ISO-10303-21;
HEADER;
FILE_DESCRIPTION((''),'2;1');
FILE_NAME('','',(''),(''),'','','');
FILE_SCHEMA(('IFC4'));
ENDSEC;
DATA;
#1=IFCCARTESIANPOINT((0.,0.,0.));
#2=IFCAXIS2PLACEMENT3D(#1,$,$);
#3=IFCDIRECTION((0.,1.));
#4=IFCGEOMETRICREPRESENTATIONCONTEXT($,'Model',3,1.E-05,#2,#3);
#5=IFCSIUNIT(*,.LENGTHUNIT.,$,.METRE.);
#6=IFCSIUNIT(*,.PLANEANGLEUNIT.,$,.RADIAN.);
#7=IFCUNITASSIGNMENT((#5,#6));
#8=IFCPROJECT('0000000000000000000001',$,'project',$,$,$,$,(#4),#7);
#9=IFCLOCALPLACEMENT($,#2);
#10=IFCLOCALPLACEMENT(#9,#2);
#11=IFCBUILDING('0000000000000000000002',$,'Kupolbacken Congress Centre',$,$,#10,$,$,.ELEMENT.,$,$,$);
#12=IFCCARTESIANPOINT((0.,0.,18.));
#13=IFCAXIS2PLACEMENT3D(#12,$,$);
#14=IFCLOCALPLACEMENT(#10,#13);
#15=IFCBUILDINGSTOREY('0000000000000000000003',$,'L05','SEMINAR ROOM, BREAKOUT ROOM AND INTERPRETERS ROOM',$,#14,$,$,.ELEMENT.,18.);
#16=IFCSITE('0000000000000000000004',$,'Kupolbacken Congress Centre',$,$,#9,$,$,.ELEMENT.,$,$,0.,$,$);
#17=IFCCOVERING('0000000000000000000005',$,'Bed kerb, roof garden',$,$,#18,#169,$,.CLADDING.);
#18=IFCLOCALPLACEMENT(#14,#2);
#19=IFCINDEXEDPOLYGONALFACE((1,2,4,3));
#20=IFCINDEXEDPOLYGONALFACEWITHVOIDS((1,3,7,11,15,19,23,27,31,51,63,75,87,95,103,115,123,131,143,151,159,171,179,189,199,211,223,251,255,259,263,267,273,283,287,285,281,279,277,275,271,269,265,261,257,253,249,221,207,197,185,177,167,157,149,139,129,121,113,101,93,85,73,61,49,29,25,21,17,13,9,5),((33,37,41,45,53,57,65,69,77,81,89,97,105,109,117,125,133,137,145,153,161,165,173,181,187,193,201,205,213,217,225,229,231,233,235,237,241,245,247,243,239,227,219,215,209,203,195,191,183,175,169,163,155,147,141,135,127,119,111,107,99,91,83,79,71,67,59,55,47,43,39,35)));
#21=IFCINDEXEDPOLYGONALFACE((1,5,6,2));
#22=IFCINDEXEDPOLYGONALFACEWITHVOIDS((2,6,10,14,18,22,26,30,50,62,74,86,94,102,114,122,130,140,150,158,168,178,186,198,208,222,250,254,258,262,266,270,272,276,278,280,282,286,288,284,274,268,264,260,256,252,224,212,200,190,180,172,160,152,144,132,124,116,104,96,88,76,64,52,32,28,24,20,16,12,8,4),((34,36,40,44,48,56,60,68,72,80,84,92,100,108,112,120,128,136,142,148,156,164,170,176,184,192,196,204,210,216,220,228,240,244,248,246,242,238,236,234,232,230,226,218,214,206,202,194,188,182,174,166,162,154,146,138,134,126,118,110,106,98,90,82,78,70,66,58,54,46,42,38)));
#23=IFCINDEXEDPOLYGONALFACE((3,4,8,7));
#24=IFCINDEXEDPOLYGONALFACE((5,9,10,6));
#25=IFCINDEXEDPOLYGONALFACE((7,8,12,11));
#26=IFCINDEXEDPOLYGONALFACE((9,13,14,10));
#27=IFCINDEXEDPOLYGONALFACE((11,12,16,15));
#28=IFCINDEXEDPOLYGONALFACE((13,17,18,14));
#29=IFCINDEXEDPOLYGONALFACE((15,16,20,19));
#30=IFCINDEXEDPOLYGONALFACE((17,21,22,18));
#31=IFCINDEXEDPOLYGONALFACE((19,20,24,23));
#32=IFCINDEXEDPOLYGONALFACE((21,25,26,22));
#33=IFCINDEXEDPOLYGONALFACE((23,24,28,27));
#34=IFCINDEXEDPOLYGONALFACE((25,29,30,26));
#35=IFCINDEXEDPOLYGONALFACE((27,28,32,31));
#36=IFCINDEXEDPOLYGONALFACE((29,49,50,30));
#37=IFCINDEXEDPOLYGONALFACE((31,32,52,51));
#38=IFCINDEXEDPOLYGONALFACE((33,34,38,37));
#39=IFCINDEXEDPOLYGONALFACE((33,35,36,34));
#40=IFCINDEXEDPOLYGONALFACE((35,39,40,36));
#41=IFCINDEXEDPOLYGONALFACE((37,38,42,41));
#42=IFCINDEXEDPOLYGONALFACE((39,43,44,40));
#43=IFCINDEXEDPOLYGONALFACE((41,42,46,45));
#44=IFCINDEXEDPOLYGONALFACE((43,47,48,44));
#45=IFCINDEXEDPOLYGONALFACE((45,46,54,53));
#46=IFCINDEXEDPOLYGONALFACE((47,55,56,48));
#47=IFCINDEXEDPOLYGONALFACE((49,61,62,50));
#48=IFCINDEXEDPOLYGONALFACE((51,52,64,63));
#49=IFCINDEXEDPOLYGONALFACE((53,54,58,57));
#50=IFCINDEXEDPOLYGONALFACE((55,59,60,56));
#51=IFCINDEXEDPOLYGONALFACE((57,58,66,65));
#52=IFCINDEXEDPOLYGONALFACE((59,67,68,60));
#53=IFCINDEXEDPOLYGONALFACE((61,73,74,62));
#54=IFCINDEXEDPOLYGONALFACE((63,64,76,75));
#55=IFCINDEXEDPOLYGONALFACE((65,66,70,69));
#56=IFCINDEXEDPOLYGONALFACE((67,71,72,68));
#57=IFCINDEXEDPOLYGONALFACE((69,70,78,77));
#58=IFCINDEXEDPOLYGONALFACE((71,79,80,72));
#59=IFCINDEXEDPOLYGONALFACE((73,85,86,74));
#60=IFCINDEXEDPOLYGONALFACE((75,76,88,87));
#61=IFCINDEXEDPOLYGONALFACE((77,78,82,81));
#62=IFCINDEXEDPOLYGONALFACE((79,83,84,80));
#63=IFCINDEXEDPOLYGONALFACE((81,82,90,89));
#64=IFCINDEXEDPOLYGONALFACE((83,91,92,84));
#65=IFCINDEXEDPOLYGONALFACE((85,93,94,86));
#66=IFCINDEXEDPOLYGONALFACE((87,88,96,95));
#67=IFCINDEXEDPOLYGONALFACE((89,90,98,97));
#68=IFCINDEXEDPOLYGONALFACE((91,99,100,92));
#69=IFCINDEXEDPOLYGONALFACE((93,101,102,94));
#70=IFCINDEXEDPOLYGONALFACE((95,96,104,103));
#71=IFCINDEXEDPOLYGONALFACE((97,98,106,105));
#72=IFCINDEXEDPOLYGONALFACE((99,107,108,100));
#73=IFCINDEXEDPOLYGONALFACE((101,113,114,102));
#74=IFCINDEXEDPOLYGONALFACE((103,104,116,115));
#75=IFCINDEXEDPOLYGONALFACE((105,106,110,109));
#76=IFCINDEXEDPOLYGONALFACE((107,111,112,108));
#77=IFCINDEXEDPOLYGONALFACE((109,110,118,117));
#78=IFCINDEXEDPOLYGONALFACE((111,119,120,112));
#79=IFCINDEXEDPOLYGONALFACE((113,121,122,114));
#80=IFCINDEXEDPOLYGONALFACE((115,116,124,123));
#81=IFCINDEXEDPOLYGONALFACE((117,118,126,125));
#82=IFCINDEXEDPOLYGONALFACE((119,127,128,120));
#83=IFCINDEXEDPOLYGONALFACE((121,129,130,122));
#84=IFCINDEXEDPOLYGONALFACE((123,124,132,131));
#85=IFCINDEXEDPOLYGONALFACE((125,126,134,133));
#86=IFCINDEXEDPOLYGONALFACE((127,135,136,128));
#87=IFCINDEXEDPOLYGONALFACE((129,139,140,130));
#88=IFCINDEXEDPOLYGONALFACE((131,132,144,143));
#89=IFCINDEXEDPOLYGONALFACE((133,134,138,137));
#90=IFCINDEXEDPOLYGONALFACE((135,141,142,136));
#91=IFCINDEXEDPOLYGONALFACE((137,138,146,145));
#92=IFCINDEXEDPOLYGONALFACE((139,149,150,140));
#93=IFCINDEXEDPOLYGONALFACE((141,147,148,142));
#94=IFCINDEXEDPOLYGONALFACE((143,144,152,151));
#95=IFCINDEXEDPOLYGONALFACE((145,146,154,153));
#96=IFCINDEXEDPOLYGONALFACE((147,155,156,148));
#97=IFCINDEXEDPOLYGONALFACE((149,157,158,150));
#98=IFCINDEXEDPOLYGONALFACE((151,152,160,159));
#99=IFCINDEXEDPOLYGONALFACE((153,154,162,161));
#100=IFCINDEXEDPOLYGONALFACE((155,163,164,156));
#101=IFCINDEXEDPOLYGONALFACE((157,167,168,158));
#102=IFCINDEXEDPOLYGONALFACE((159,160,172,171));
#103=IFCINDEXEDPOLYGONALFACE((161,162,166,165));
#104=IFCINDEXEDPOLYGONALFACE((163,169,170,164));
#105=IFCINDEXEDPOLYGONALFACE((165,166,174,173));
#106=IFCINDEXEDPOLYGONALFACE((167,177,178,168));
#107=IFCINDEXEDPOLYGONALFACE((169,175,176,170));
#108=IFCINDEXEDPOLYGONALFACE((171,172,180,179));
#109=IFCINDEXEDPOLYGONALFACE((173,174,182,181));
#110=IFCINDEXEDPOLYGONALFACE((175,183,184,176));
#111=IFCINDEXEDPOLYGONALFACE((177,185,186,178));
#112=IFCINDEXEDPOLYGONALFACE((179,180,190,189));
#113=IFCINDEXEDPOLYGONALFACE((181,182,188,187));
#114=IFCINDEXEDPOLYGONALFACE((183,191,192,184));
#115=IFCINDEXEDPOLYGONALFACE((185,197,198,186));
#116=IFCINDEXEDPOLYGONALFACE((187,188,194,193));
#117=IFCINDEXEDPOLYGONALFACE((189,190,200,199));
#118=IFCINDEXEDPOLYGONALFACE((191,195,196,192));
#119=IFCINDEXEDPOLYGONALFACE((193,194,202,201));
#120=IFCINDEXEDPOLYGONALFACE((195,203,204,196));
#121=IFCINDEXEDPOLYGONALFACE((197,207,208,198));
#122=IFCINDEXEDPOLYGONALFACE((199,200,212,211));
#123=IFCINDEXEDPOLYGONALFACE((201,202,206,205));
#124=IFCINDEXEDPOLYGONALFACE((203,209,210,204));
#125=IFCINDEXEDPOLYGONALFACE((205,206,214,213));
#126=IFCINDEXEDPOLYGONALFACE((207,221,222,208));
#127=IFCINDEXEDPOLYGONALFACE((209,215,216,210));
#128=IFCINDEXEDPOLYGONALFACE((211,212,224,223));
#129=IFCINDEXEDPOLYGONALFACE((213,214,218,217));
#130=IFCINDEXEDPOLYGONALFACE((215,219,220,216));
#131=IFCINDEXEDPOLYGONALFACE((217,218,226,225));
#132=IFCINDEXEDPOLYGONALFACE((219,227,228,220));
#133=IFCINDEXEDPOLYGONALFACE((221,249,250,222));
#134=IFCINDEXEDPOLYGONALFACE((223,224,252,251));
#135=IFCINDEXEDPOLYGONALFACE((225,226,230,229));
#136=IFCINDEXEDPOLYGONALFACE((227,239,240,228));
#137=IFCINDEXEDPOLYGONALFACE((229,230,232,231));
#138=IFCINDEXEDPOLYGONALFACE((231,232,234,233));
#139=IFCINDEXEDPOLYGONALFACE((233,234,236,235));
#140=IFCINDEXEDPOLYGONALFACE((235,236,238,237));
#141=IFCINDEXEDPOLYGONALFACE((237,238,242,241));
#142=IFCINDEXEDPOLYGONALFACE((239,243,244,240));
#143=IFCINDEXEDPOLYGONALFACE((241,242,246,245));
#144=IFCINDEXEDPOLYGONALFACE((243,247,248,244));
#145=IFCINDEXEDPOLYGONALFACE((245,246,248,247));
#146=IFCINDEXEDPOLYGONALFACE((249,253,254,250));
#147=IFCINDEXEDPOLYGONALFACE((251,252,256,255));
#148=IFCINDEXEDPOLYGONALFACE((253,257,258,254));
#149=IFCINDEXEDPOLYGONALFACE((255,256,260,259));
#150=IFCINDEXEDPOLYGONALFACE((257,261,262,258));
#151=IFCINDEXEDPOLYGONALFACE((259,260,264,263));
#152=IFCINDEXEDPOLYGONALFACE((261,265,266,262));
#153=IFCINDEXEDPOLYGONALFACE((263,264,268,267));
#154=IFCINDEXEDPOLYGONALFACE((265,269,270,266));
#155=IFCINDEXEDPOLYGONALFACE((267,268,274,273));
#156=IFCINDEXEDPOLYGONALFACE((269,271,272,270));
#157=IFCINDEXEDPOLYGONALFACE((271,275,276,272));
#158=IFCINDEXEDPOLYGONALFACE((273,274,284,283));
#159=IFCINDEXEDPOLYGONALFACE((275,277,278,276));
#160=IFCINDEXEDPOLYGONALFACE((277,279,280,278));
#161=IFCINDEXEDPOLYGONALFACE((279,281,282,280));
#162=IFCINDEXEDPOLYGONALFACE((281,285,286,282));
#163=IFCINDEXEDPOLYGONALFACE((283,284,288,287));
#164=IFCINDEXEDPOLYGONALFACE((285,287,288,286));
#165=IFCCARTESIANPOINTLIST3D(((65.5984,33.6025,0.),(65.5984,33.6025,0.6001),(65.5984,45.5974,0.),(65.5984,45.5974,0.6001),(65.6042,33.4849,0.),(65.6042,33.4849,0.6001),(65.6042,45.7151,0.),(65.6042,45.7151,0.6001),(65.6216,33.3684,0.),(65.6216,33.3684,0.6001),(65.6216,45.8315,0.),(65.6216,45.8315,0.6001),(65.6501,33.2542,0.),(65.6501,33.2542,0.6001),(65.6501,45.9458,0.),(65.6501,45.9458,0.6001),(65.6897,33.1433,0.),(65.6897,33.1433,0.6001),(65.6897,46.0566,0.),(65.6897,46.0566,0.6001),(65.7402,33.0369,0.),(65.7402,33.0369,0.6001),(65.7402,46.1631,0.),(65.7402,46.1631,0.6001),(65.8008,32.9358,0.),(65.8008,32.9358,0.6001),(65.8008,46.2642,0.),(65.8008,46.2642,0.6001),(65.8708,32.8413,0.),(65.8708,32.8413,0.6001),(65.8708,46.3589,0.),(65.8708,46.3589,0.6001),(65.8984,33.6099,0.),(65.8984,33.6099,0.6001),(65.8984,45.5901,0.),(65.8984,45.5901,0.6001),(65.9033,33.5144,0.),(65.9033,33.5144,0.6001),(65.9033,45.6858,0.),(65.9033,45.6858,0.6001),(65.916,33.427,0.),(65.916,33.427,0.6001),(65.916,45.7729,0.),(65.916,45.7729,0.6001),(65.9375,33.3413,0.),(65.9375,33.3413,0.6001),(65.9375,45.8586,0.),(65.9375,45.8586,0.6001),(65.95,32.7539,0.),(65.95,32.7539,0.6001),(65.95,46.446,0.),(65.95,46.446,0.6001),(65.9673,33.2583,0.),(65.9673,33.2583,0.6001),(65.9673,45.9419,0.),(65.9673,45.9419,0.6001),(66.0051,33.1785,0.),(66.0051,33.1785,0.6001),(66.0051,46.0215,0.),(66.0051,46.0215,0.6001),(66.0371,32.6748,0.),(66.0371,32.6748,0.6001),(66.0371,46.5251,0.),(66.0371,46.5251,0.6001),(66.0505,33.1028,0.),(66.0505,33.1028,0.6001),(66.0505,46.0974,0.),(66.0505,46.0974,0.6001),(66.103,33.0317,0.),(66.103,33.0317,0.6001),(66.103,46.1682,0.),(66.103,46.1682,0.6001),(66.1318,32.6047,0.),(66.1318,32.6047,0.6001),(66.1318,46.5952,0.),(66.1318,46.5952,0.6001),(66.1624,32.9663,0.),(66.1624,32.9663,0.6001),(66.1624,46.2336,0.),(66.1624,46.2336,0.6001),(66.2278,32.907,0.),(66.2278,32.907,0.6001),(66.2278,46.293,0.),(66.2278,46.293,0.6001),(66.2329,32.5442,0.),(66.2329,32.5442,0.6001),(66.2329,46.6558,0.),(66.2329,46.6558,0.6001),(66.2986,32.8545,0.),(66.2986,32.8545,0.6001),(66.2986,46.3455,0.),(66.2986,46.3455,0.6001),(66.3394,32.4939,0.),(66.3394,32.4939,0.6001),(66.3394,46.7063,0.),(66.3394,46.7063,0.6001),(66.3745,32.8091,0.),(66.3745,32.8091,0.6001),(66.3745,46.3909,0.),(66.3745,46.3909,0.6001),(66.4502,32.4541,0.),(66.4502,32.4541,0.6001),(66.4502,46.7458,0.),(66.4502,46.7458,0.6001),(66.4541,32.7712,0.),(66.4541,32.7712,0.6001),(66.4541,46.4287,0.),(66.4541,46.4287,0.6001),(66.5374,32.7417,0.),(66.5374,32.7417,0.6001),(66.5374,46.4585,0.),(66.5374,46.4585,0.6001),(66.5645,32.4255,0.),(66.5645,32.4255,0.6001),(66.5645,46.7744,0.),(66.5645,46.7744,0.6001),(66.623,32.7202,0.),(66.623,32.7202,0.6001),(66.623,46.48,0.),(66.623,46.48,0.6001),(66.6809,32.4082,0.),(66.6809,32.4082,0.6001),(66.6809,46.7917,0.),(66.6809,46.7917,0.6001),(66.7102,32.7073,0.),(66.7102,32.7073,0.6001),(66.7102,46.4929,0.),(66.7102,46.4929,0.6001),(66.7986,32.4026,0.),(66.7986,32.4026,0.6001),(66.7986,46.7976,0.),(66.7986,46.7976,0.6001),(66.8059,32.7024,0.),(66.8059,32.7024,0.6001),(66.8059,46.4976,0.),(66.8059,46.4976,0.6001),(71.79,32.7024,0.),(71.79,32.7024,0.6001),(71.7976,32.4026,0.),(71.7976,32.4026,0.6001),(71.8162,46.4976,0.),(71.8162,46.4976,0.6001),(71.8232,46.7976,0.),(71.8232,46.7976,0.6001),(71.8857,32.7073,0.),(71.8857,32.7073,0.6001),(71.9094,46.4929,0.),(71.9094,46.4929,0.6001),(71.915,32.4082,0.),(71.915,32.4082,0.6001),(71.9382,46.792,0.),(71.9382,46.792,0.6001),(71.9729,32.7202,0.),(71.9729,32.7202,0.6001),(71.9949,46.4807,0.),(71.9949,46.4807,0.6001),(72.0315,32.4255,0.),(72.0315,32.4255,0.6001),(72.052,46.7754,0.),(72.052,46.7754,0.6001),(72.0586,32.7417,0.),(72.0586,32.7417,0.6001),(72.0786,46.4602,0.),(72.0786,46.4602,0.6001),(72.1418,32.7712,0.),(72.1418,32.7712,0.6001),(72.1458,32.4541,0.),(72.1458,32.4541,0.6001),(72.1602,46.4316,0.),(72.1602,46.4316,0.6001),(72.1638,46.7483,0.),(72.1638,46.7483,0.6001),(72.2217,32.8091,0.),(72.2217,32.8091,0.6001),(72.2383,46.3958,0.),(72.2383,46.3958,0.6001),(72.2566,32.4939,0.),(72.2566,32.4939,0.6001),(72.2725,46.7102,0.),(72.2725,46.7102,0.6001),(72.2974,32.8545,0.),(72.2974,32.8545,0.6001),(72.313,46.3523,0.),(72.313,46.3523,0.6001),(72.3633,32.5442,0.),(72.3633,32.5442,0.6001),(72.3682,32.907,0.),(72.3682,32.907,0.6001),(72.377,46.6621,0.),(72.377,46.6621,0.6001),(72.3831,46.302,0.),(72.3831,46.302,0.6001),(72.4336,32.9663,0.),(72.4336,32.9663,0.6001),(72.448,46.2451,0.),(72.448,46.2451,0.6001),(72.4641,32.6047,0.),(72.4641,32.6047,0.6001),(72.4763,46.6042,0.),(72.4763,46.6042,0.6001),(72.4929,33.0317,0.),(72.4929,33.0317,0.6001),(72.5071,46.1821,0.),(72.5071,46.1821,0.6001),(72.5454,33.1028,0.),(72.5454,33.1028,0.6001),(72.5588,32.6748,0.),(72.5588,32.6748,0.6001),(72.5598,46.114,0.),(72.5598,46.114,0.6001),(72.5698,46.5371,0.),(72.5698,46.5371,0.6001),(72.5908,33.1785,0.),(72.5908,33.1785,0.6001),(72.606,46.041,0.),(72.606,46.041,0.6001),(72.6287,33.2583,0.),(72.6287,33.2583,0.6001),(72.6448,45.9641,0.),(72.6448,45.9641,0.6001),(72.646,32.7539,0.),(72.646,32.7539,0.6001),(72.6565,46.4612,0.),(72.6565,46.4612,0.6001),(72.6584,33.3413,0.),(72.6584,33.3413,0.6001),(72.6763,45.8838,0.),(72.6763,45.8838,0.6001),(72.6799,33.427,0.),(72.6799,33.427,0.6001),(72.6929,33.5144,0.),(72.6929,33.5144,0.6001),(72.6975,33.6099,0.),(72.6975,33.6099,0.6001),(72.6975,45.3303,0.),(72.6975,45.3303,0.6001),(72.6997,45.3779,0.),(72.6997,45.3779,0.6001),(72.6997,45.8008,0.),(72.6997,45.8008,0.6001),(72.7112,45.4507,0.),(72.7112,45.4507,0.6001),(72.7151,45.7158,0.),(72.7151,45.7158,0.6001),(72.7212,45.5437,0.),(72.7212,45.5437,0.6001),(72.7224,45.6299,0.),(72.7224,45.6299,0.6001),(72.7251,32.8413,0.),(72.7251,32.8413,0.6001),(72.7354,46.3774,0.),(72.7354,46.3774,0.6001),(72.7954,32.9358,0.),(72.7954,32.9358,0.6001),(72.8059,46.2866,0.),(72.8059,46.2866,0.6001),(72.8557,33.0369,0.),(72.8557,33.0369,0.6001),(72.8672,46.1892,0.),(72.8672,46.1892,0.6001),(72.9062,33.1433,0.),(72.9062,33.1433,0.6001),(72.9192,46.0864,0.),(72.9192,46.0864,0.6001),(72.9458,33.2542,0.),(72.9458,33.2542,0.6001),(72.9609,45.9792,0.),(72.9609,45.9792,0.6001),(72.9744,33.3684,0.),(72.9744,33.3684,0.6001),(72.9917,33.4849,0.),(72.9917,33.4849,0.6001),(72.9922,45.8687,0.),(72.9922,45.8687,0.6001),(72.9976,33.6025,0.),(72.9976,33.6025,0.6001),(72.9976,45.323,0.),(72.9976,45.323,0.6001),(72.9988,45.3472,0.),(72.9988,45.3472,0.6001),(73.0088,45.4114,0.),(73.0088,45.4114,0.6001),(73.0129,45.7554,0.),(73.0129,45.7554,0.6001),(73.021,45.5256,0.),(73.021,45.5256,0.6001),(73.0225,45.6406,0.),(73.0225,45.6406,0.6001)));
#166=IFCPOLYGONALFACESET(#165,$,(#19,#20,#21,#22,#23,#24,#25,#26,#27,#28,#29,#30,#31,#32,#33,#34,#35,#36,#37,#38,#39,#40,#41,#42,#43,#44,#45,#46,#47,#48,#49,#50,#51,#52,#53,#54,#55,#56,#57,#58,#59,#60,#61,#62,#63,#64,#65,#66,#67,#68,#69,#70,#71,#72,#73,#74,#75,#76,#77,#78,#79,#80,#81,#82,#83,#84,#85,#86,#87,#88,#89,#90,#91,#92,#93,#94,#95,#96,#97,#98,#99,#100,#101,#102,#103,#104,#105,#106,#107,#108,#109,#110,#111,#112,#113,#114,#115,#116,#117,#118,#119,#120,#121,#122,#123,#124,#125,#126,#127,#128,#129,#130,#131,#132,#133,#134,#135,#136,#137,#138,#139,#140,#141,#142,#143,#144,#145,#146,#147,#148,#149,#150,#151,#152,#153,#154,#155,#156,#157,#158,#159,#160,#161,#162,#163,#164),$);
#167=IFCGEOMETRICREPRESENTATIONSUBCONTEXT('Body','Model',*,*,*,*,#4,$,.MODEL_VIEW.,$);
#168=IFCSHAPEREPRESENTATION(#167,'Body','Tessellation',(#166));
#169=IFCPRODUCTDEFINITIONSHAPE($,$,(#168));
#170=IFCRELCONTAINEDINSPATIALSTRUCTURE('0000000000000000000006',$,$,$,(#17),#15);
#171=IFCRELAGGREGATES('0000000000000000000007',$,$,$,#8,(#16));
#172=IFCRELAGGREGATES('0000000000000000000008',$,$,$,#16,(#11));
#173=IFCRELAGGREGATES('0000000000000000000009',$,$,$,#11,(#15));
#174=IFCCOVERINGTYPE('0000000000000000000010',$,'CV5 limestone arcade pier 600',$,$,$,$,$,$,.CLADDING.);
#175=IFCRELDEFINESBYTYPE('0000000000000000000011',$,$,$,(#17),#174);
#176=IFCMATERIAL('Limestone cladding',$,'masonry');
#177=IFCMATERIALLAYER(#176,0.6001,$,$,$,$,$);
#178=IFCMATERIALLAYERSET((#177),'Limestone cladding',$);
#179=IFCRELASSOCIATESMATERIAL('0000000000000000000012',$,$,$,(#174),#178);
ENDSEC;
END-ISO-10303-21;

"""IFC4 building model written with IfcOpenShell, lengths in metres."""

from ifc_helpers import new_model, si_unit, direction, frame, origin, place, context, subcontext, project, spatial, polyline, outline, extrude, material, layer, layer_set, type_object, element, save


model = new_model("IFC4")

# Units and contexts
model_context = context("Model", 3, precision=1e-05, world=origin(), true_north=direction((0.0, 1.0)))
body_context = subcontext(model_context, "Body", "Model", "MODEL_VIEW")
ifc_project = project(units=[si_unit("LENGTHUNIT", "METRE"), si_unit("PLANEANGLEUNIT", "RADIAN")], contexts=[model_context])

# Site, building, storey
site_placement = place(None, origin())
site = spatial("IfcSite", under=ifc_project, at=site_placement, Name="Kupolbacken Congress Centre", CompositionType="ELEMENT", RefElevation=0.0)
building_placement = place(site_placement, origin())
building = spatial("IfcBuilding", under=site, at=building_placement, Name="Kupolbacken Congress Centre", CompositionType="ELEMENT")
storey_placement = place(building_placement, frame((0.0, 0.0, 18.0)))
storey = spatial("IfcBuildingStorey", under=building, at=storey_placement, Name="L05", Description="SEMINAR ROOM, BREAKOUT ROOM AND INTERPRETERS ROOM", CompositionType="ELEMENT", Elevation=18.0)

# Covering
ifc_material_1 = material(Name="Limestone cladding", Category="masonry")
ifc_layer_1 = layer(ifc_material_1, 0.6001)
ifc_layer_set_1 = layer_set([ifc_layer_1], Name="Limestone cladding")
covering_type_1 = type_object("IfcCoveringType", Name="CV5 limestone arcade pier 600", PredefinedType="CLADDING", material=ifc_layer_set_1)
covering_1_placement = place(storey_placement, origin())
element("IfcCovering", 1, at=covering_1_placement, inside=storey, type_object=covering_type_1, Name="Bed kerb, roof garden", PredefinedType="CLADDING", context=body_context, shape_type="SweptSolid", body=[
    extrude(outline(polyline([(72.9917, 33.4849), (72.9744, 33.3684), (72.9458, 33.2542), (72.9062, 33.1433), (72.8557, 33.0369), (72.7954, 32.9358), (72.7251, 32.8413), (72.646, 32.7539), (72.5588, 32.6748), (72.4641, 32.6047), (72.3633, 32.5442), (72.2566, 32.4939), (72.1458, 32.4541), (72.0315, 32.4255), (71.915, 32.4082), (71.7976, 32.4026), (66.7986, 32.4026), (66.6809, 32.4082), (66.5645, 32.4255), (66.4502, 32.4541), (66.3394, 32.4939), (66.2329, 32.5442), (66.1318, 32.6047), (66.0371, 32.6748), (65.95, 32.7539), (65.8708, 32.8413), (65.8008, 32.9358), (65.7402, 33.0369), (65.6897, 33.1433), (65.6501, 33.2542), (65.6216, 33.3684), (65.6042, 33.4849), (65.5984, 33.6025), (65.5984, 45.5974), (65.6042, 45.7151), (65.6216, 45.8315), (65.6501, 45.9458), (65.6897, 46.0566), (65.7402, 46.1631), (65.8008, 46.2642), (65.8708, 46.3589), (65.95, 46.446), (66.0371, 46.5251), (66.1318, 46.5952), (66.2329, 46.6558), (66.3394, 46.7063), (66.4502, 46.7458), (66.5645, 46.7744), (66.6809, 46.7917), (66.7986, 46.7976), (71.8232, 46.7976), (71.9382, 46.792), (72.052, 46.7754), (72.1638, 46.7483), (72.2725, 46.7102), (72.377, 46.6621), (72.4763, 46.6042), (72.5698, 46.5371), (72.6565, 46.4612), (72.7354, 46.3774), (72.8059, 46.2866), (72.8672, 46.1892), (72.9192, 46.0864), (72.9609, 45.9792), (72.9922, 45.8687), (73.0129, 45.7554), (73.0225, 45.6406), (73.021, 45.5256), (73.0088, 45.4114), (72.9988, 45.3472), (72.9976, 45.323), (72.9976, 33.6025), (72.9917, 33.4849)]), holes=[polyline([(72.6975, 45.3303), (72.6997, 45.3779), (72.7112, 45.4507), (72.7212, 45.5437), (72.7224, 45.6299), (72.7151, 45.7158), (72.6997, 45.8008), (72.6763, 45.8838), (72.6448, 45.9641), (72.606, 46.041), (72.5598, 46.114), (72.5071, 46.1821), (72.448, 46.2451), (72.3831, 46.302), (72.313, 46.3523), (72.2383, 46.3958), (72.1602, 46.4316), (72.0786, 46.4602), (71.9949, 46.4807), (71.9094, 46.4929), (71.8162, 46.4976), (66.8059, 46.4976), (66.7102, 46.4929), (66.623, 46.48), (66.5374, 46.4585), (66.4541, 46.4287), (66.3745, 46.3909), (66.2986, 46.3455), (66.2278, 46.293), (66.1624, 46.2336), (66.103, 46.1682), (66.0505, 46.0974), (66.0051, 46.0215), (65.9673, 45.9419), (65.9375, 45.8586), (65.916, 45.7729), (65.9033, 45.6858), (65.8984, 45.5901), (65.8984, 33.6099), (65.9033, 33.5144), (65.916, 33.427), (65.9375, 33.3413), (65.9673, 33.2583), (66.0051, 33.1785), (66.0505, 33.1028), (66.103, 33.0317), (66.1624, 32.9663), (66.2278, 32.907), (66.2986, 32.8545), (66.3745, 32.8091), (66.4541, 32.7712), (66.5374, 32.7417), (66.623, 32.7202), (66.7102, 32.7073), (66.8059, 32.7024), (71.79, 32.7024), (71.8857, 32.7073), (71.9729, 32.7202), (72.0586, 32.7417), (72.1418, 32.7712), (72.2217, 32.8091), (72.2974, 32.8545), (72.3682, 32.907), (72.4336, 32.9663), (72.4929, 33.0317), (72.5454, 33.1028), (72.5908, 33.1785), (72.6287, 33.2583), (72.6584, 33.3413), (72.6799, 33.427), (72.6929, 33.5144), (72.6975, 33.6099), (72.6975, 45.3303)])]), origin(), (0.0, 0.0, 1.0), 0.6001),
])

save(model, "model.ifc")
